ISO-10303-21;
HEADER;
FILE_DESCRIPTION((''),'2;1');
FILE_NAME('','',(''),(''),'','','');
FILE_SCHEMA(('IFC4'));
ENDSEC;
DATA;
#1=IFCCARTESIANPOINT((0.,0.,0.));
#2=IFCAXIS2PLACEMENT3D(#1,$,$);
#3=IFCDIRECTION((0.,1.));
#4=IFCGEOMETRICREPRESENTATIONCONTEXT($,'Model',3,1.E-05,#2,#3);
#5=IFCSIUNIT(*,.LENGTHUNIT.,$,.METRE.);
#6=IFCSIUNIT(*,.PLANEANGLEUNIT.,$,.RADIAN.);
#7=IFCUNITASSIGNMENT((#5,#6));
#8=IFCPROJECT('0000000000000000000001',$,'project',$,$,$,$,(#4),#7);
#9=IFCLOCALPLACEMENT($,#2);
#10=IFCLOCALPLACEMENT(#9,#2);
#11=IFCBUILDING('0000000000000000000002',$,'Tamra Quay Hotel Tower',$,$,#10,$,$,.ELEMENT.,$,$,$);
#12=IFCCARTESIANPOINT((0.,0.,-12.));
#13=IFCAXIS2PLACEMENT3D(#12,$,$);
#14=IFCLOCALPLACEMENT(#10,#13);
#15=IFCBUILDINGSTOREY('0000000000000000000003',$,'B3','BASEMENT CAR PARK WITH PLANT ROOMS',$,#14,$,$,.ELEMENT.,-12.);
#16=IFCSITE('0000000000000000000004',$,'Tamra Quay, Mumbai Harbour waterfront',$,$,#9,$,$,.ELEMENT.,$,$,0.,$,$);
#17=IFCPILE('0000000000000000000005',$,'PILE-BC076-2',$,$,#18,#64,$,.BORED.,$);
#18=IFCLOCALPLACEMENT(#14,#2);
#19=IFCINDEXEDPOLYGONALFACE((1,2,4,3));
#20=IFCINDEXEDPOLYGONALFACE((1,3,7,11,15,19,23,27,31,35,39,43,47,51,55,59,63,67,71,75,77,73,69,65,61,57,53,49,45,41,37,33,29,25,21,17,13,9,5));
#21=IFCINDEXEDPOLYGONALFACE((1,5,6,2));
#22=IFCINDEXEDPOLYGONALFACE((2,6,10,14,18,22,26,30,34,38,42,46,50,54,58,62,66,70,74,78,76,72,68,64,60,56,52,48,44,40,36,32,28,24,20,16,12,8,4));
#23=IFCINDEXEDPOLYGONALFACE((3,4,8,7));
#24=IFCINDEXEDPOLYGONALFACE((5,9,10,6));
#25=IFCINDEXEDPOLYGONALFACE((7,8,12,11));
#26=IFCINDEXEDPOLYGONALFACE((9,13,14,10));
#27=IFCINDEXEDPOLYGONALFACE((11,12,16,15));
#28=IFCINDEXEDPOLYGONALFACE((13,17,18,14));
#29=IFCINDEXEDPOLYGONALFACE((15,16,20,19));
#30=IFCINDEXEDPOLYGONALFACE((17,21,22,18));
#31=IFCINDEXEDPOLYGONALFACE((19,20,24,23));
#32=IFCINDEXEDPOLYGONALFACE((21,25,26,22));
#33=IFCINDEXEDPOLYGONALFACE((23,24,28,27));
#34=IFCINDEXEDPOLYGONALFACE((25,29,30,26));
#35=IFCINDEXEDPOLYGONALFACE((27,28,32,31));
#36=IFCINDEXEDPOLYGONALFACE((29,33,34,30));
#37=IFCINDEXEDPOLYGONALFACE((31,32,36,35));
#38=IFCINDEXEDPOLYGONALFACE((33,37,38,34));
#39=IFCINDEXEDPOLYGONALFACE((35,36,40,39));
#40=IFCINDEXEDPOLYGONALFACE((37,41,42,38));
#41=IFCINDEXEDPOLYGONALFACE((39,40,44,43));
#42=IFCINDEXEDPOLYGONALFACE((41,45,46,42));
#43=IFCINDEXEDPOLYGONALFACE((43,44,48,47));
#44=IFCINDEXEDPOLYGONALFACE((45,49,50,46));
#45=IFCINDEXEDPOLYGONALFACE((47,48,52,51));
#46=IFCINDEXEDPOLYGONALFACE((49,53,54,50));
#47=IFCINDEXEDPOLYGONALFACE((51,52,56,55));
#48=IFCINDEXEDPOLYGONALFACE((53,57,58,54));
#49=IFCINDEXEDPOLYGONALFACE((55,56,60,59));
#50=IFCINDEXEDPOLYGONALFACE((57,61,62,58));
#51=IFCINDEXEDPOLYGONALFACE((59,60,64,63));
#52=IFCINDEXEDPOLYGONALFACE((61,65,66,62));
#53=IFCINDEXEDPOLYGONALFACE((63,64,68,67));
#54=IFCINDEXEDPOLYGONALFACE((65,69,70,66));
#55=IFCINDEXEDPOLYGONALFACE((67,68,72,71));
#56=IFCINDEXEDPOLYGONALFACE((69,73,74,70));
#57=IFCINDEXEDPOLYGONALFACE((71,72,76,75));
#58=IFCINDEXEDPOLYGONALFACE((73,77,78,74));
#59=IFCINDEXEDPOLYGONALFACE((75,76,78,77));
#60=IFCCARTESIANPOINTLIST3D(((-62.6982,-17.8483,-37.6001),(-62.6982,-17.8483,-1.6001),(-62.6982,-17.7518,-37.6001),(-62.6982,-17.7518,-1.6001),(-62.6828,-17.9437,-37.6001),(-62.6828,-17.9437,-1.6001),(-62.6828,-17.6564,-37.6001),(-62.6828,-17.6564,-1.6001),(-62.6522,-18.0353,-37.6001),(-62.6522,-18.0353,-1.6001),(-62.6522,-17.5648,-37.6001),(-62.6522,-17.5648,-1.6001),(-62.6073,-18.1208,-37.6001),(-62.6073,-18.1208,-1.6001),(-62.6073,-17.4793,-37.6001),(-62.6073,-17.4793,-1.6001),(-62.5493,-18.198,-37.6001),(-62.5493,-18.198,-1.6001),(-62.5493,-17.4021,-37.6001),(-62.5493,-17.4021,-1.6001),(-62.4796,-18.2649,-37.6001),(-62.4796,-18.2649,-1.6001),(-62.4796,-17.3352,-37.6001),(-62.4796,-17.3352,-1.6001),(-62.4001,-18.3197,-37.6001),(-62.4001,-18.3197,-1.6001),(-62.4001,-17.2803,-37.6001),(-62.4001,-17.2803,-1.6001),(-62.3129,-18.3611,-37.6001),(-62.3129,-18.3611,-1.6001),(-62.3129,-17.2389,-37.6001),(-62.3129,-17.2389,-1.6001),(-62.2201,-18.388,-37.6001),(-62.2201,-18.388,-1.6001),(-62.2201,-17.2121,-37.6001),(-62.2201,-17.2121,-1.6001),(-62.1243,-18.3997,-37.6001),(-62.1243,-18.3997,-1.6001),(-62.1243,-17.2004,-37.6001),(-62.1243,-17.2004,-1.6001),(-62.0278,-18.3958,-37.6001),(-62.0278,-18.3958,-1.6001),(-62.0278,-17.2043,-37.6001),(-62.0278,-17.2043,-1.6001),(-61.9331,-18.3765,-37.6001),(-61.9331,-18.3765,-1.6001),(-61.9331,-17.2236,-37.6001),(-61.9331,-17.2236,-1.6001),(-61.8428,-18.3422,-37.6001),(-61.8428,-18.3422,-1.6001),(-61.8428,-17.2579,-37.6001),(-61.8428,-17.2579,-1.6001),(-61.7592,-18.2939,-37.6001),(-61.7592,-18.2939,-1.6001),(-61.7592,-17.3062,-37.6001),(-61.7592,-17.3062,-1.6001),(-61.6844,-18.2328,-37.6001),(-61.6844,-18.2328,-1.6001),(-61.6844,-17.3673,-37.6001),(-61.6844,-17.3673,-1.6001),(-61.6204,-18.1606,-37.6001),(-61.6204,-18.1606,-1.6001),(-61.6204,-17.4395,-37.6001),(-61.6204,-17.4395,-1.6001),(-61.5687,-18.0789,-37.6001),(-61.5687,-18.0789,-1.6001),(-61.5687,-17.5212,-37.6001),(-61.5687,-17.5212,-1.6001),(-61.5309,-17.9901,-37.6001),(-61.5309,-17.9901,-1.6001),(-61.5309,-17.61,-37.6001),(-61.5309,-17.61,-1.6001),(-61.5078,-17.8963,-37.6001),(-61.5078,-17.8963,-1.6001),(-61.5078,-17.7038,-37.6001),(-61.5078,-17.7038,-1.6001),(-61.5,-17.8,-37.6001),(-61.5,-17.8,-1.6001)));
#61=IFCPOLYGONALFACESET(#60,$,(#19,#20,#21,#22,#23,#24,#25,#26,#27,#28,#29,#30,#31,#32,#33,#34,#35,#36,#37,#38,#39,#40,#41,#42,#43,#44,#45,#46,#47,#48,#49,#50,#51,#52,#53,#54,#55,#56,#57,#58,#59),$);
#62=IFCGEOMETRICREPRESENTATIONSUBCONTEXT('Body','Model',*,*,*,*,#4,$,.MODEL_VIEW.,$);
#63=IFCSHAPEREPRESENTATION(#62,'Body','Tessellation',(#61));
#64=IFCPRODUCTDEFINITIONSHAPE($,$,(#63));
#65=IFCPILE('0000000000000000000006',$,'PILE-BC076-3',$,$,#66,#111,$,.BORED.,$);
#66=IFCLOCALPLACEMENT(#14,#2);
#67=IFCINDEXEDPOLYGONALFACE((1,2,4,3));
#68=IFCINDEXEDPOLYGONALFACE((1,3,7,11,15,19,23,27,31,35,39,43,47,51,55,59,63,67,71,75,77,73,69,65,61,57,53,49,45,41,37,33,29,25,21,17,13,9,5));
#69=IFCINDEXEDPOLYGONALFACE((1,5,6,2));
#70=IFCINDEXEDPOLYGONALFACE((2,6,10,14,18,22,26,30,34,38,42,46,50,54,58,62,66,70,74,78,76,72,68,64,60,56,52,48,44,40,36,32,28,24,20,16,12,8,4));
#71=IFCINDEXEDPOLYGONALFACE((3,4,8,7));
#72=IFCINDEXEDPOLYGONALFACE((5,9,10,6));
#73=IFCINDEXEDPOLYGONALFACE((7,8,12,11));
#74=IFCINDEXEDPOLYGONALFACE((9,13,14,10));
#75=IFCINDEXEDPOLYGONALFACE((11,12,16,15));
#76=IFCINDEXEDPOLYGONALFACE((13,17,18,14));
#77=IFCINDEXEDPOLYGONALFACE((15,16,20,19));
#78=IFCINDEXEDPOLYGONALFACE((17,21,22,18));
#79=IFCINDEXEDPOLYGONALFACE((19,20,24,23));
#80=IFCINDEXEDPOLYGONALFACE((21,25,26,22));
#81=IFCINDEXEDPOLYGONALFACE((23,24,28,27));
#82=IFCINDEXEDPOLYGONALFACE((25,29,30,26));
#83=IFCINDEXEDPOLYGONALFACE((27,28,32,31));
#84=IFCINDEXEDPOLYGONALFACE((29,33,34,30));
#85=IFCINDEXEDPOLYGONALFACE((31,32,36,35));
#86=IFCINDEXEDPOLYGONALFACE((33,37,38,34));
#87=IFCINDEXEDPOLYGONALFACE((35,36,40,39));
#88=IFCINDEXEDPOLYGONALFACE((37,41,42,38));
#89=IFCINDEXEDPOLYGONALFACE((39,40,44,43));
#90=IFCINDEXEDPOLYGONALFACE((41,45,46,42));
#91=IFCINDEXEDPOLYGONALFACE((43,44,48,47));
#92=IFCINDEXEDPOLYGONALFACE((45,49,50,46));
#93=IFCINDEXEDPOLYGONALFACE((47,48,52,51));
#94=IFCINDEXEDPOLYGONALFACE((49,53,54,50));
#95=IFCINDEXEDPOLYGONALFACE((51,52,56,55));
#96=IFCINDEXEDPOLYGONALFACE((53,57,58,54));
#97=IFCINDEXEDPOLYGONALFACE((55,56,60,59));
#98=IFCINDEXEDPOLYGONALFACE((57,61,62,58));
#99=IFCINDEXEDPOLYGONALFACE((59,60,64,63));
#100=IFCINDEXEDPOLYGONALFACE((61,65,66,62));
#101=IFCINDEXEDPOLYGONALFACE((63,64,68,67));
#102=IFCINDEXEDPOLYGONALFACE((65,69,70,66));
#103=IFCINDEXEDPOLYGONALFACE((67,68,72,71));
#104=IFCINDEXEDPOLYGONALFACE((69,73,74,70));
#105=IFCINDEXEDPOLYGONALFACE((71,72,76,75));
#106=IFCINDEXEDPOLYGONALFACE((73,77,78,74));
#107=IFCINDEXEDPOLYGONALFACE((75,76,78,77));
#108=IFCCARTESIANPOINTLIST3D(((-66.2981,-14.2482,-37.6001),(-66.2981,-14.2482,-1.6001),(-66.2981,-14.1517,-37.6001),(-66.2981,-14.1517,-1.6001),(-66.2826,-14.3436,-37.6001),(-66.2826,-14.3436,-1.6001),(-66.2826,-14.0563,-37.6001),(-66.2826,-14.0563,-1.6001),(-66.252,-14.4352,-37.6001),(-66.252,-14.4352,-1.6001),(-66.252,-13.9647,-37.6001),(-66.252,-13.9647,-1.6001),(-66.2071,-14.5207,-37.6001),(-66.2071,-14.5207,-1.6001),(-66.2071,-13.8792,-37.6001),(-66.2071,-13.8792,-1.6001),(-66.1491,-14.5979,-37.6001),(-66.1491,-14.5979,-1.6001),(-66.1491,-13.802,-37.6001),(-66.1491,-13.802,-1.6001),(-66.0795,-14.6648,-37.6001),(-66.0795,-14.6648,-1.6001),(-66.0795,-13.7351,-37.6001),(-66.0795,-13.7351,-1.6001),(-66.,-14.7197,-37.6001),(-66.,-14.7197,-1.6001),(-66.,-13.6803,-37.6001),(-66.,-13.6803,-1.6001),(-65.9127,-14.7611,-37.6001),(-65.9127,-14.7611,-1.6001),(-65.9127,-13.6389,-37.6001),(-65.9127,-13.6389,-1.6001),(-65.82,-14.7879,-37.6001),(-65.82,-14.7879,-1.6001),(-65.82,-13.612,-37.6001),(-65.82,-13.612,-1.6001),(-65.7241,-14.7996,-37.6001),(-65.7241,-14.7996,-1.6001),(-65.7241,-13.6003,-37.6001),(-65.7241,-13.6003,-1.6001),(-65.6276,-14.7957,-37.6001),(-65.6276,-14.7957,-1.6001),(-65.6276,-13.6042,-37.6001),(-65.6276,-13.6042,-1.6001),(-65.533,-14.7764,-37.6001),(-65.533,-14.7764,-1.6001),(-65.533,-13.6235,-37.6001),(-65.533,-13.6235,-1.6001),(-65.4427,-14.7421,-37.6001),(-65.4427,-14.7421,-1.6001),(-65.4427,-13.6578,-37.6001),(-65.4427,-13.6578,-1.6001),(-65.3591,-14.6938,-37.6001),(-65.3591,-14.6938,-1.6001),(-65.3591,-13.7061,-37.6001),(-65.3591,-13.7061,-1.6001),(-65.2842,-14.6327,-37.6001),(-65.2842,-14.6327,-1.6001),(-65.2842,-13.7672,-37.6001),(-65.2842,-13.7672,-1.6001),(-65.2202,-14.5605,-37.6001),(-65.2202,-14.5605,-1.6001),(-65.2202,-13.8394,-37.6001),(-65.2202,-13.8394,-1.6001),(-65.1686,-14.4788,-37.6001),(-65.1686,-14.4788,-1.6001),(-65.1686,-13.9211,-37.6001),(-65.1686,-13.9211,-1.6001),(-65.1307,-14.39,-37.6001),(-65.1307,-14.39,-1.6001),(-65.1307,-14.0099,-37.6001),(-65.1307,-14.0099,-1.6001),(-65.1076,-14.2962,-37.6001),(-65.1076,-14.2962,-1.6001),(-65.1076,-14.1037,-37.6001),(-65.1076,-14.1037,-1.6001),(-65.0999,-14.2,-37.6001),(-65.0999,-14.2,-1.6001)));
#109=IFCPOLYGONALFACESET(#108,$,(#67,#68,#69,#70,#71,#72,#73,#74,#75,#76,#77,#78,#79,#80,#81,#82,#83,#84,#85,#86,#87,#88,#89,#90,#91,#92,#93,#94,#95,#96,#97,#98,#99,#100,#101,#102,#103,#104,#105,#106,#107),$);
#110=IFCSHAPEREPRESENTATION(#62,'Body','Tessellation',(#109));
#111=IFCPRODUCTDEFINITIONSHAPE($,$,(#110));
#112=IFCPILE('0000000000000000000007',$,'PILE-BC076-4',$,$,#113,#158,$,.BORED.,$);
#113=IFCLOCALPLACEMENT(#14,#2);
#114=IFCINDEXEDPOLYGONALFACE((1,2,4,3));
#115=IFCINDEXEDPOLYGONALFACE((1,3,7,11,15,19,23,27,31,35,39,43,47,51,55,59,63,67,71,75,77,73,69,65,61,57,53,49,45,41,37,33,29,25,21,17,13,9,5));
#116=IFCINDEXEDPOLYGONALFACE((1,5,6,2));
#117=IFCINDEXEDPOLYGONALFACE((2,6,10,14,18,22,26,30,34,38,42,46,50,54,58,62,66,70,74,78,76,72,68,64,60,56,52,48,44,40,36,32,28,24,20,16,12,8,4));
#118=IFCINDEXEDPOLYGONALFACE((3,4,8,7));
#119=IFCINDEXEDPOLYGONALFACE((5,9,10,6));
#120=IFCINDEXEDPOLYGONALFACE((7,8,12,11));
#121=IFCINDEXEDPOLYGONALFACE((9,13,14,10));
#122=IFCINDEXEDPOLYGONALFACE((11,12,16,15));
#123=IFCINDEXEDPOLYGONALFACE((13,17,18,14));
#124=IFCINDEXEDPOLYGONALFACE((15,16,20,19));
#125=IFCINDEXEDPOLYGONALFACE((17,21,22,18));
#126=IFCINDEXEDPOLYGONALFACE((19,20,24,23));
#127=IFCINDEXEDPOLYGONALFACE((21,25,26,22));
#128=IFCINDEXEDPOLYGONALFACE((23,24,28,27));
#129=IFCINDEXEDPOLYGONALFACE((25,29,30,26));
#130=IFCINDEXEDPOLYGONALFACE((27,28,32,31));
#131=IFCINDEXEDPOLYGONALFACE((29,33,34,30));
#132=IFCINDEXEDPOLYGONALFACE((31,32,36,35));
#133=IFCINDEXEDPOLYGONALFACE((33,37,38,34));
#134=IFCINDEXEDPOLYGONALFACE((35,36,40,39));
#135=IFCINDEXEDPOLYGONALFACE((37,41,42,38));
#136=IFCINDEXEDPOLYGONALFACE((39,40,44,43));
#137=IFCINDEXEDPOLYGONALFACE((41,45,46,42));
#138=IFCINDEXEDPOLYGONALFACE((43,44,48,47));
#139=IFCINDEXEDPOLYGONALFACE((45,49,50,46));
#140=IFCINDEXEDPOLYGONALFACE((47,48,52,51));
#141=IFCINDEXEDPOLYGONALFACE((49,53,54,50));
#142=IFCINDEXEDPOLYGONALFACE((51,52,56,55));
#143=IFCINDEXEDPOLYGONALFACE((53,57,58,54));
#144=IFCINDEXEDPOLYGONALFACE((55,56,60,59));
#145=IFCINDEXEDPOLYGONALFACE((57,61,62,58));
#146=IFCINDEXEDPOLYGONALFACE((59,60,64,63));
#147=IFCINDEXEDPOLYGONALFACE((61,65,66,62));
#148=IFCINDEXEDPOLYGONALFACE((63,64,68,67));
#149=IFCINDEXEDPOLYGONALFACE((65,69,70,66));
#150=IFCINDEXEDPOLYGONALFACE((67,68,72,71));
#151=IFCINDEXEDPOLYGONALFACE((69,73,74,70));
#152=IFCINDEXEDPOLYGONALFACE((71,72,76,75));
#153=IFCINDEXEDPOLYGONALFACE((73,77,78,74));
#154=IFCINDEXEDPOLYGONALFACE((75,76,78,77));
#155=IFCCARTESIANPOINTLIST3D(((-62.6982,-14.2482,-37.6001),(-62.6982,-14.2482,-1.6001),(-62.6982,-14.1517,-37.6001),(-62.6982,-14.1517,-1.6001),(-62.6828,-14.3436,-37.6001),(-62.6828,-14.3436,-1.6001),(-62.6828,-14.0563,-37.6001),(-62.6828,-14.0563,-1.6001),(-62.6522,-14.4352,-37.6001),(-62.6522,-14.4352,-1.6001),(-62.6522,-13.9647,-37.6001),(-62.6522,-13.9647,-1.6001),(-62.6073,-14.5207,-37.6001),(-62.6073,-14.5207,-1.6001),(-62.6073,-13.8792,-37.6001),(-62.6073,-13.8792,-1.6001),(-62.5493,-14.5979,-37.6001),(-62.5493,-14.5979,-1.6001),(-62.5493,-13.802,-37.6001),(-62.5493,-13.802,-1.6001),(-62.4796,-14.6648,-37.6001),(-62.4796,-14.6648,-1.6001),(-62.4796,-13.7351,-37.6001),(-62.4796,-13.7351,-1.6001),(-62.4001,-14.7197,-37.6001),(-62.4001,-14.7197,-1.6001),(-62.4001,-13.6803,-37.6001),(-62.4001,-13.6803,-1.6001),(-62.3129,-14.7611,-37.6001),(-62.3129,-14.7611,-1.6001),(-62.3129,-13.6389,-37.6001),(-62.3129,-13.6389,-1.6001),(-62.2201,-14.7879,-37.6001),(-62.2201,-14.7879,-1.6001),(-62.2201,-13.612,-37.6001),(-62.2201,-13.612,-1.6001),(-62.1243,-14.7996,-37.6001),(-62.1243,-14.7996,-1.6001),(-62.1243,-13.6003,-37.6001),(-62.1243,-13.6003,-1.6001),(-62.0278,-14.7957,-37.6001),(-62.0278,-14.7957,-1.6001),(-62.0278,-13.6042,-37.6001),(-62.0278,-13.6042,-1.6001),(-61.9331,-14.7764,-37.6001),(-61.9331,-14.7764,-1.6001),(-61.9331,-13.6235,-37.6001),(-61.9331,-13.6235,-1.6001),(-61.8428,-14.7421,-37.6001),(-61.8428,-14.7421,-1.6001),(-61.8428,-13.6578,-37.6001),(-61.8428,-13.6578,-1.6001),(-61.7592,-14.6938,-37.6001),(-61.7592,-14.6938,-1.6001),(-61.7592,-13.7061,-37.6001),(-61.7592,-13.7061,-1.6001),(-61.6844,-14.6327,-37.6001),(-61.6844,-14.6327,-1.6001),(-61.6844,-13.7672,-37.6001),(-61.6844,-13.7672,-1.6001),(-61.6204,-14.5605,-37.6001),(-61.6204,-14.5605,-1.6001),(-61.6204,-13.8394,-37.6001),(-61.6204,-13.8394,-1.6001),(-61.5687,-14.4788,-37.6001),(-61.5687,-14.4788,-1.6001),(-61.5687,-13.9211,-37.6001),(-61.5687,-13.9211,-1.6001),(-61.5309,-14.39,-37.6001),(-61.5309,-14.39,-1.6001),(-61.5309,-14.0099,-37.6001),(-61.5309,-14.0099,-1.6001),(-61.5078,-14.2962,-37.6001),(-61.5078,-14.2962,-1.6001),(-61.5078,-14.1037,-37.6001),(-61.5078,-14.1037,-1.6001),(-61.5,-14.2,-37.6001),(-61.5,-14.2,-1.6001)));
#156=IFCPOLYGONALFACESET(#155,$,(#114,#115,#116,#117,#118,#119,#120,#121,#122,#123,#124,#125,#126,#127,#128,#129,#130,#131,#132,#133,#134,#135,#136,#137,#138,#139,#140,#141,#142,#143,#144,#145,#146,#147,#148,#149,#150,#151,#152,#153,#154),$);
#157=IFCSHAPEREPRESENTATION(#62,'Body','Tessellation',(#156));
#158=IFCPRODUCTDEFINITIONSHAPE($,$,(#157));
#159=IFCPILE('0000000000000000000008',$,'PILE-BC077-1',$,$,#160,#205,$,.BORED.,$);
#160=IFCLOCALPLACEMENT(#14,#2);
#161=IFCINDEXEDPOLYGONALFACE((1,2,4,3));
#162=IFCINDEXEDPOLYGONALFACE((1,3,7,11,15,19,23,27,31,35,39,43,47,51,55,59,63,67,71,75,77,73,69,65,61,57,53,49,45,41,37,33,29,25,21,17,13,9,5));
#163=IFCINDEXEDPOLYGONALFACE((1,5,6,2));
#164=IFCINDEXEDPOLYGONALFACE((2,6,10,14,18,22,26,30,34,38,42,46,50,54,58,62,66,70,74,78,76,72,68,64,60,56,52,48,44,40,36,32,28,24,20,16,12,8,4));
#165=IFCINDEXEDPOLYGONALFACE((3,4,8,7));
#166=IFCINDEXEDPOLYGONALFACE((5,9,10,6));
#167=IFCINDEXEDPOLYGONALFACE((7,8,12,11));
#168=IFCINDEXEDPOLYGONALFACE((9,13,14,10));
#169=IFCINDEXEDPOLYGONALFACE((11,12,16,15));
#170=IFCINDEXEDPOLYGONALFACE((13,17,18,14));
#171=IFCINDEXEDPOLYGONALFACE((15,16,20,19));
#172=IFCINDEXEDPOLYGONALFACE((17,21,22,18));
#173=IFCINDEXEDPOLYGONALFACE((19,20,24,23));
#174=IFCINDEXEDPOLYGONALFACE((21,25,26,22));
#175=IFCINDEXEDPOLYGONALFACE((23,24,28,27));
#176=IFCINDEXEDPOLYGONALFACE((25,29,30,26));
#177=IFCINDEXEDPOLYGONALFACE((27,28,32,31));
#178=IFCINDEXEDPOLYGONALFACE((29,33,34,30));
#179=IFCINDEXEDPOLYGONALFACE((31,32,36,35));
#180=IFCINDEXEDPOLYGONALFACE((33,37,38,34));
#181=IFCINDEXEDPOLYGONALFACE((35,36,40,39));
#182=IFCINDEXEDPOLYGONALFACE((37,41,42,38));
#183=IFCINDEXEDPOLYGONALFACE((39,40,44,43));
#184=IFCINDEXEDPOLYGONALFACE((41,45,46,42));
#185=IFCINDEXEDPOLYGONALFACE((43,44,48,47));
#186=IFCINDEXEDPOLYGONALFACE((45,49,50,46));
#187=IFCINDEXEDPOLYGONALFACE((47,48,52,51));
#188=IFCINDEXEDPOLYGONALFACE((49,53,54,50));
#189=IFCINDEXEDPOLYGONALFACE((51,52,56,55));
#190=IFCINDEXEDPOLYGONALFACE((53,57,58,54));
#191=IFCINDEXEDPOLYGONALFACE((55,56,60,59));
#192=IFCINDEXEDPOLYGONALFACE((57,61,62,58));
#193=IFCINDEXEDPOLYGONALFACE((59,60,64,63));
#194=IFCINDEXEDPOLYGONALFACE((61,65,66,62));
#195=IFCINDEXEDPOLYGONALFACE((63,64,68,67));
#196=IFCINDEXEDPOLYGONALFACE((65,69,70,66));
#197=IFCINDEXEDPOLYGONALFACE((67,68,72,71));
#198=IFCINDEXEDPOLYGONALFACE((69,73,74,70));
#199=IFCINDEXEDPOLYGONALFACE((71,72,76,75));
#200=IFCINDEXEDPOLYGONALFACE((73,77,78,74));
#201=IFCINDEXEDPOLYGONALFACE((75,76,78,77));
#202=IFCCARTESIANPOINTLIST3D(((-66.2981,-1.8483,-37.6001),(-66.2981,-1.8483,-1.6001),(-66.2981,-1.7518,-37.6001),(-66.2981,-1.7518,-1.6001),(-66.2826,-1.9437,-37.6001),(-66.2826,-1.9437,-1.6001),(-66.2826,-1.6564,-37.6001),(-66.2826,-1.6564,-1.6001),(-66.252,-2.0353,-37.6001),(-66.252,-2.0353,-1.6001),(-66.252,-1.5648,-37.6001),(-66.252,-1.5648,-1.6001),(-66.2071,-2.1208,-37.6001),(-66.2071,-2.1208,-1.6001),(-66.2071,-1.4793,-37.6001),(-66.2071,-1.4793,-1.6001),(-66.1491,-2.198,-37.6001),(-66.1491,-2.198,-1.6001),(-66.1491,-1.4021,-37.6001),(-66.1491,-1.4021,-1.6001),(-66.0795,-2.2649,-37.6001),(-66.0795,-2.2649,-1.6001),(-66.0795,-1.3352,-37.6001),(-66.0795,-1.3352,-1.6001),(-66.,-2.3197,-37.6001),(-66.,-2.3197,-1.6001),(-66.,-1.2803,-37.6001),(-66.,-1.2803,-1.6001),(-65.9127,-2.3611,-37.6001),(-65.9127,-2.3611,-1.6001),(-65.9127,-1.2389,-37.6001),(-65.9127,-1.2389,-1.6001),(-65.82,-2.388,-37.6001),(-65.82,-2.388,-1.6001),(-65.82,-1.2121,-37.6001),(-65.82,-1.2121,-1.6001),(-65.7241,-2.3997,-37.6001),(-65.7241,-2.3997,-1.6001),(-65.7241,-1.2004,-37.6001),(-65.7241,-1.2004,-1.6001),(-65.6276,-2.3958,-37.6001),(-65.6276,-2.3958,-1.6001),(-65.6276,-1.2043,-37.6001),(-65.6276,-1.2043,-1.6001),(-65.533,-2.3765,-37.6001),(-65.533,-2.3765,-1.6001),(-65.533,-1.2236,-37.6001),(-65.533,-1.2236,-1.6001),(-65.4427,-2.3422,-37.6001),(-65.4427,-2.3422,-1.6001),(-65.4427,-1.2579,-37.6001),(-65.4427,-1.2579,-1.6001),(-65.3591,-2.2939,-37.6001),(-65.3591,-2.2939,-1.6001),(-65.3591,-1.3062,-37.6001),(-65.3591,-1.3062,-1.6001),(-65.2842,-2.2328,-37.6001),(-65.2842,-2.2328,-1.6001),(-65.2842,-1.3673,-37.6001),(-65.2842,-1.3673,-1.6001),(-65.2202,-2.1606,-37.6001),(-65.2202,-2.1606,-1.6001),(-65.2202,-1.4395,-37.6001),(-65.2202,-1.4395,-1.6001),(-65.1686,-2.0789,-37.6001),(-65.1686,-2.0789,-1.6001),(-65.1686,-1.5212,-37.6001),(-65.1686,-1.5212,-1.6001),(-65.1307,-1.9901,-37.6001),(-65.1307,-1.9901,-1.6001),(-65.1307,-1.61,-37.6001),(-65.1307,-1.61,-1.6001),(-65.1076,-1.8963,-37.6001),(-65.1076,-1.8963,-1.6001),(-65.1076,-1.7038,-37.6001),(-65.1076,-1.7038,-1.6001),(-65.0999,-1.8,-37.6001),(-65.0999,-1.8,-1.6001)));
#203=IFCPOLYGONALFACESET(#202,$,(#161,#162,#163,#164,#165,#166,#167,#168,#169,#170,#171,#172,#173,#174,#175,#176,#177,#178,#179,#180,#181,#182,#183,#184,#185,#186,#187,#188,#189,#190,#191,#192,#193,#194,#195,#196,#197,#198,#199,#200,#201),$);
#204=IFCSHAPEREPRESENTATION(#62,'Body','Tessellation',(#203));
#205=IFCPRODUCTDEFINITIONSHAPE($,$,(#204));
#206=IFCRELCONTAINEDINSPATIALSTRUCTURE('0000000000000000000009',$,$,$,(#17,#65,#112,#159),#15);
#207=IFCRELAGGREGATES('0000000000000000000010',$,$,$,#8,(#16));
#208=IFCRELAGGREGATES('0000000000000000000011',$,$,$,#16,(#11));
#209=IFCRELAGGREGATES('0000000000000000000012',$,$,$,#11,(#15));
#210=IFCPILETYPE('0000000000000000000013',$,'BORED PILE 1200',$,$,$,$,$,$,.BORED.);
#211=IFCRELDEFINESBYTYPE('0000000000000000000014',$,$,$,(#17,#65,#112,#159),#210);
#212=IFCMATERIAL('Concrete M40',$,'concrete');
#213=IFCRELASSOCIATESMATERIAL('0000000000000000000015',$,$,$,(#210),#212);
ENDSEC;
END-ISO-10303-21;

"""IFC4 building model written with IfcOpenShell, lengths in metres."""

from ifc_helpers import new_model, si_unit, direction, frame, origin, origin_2d, place, context, subcontext, project, spatial, circle, extrude, material, material_profile, profile_set, type_object, element, save


model = new_model("IFC4")

# Units and contexts
model_context = context("Model", 3, precision=1e-05, world=origin(), true_north=direction((0.0, 1.0)))
body_context = subcontext(model_context, "Body", "Model", "MODEL_VIEW")
ifc_project = project(units=[si_unit("LENGTHUNIT", "METRE"), si_unit("PLANEANGLEUNIT", "RADIAN")], contexts=[model_context])

# Site, building, storey
site_placement = place(None, origin())
site = spatial("IfcSite", under=ifc_project, at=site_placement, Name="Tamra Quay, Mumbai Harbour waterfront", CompositionType="ELEMENT", RefElevation=0.0)
building_placement = place(site_placement, origin())
building = spatial("IfcBuilding", under=site, at=building_placement, Name="Tamra Quay Hotel Tower", CompositionType="ELEMENT")
storey_placement = place(building_placement, frame((0.0, 0.0, -12.0)))
storey = spatial("IfcBuildingStorey", under=building, at=storey_placement, Name="B3", Description="BASEMENT CAR PARK WITH PLANT ROOMS", CompositionType="ELEMENT", Elevation=-12.0)

# Piles
ifc_material_1 = material(Name="Concrete M40", Category="concrete")
ifc_material_profile_1 = material_profile(ifc_material_1, circle(Radius=0.6001, at=origin_2d()), Name="BORED PILE 1200")
ifc_profile_set_1 = profile_set([ifc_material_profile_1], Name="Concrete M40")
pile_type = type_object("IfcPileType", Name="BORED PILE 1200", PredefinedType="BORED", material=ifc_profile_set_1)
for number, where, z_axis, x_axis, name in (
    (1, (-62.1001, -17.8, -1.6001), (0.0, 0.0, -1.0), (1.0, 0.0, 0.0), "PILE-BC076-2"),
    (2, (-65.7, -14.2, -1.6001), (0.0, 0.0, -1.0), (1.0, 0.0, 0.0), "PILE-BC076-3"),
    (3, (-62.1001, -14.2, -1.6001), (0.0, 0.0, -1.0), (1.0, 0.0, 0.0), "PILE-BC076-4"),
    (4, (-65.7, -1.8, -1.6001), (0.0, 0.0, -1.0), (1.0, 0.0, 0.0), "PILE-BC077-1"),
):
    element("IfcPile", number, at=place(storey_placement, frame(where, z_axis=z_axis, x_axis=x_axis)), inside=storey, type_object=pile_type, Name=name, PredefinedType="BORED", context=body_context, shape_type="SweptSolid", body=[
        extrude(circle(Radius=0.6001, at=origin_2d()), origin(), (0.0, 0.0, 1.0), 36.0),
    ])

save(model, "model.ifc")
